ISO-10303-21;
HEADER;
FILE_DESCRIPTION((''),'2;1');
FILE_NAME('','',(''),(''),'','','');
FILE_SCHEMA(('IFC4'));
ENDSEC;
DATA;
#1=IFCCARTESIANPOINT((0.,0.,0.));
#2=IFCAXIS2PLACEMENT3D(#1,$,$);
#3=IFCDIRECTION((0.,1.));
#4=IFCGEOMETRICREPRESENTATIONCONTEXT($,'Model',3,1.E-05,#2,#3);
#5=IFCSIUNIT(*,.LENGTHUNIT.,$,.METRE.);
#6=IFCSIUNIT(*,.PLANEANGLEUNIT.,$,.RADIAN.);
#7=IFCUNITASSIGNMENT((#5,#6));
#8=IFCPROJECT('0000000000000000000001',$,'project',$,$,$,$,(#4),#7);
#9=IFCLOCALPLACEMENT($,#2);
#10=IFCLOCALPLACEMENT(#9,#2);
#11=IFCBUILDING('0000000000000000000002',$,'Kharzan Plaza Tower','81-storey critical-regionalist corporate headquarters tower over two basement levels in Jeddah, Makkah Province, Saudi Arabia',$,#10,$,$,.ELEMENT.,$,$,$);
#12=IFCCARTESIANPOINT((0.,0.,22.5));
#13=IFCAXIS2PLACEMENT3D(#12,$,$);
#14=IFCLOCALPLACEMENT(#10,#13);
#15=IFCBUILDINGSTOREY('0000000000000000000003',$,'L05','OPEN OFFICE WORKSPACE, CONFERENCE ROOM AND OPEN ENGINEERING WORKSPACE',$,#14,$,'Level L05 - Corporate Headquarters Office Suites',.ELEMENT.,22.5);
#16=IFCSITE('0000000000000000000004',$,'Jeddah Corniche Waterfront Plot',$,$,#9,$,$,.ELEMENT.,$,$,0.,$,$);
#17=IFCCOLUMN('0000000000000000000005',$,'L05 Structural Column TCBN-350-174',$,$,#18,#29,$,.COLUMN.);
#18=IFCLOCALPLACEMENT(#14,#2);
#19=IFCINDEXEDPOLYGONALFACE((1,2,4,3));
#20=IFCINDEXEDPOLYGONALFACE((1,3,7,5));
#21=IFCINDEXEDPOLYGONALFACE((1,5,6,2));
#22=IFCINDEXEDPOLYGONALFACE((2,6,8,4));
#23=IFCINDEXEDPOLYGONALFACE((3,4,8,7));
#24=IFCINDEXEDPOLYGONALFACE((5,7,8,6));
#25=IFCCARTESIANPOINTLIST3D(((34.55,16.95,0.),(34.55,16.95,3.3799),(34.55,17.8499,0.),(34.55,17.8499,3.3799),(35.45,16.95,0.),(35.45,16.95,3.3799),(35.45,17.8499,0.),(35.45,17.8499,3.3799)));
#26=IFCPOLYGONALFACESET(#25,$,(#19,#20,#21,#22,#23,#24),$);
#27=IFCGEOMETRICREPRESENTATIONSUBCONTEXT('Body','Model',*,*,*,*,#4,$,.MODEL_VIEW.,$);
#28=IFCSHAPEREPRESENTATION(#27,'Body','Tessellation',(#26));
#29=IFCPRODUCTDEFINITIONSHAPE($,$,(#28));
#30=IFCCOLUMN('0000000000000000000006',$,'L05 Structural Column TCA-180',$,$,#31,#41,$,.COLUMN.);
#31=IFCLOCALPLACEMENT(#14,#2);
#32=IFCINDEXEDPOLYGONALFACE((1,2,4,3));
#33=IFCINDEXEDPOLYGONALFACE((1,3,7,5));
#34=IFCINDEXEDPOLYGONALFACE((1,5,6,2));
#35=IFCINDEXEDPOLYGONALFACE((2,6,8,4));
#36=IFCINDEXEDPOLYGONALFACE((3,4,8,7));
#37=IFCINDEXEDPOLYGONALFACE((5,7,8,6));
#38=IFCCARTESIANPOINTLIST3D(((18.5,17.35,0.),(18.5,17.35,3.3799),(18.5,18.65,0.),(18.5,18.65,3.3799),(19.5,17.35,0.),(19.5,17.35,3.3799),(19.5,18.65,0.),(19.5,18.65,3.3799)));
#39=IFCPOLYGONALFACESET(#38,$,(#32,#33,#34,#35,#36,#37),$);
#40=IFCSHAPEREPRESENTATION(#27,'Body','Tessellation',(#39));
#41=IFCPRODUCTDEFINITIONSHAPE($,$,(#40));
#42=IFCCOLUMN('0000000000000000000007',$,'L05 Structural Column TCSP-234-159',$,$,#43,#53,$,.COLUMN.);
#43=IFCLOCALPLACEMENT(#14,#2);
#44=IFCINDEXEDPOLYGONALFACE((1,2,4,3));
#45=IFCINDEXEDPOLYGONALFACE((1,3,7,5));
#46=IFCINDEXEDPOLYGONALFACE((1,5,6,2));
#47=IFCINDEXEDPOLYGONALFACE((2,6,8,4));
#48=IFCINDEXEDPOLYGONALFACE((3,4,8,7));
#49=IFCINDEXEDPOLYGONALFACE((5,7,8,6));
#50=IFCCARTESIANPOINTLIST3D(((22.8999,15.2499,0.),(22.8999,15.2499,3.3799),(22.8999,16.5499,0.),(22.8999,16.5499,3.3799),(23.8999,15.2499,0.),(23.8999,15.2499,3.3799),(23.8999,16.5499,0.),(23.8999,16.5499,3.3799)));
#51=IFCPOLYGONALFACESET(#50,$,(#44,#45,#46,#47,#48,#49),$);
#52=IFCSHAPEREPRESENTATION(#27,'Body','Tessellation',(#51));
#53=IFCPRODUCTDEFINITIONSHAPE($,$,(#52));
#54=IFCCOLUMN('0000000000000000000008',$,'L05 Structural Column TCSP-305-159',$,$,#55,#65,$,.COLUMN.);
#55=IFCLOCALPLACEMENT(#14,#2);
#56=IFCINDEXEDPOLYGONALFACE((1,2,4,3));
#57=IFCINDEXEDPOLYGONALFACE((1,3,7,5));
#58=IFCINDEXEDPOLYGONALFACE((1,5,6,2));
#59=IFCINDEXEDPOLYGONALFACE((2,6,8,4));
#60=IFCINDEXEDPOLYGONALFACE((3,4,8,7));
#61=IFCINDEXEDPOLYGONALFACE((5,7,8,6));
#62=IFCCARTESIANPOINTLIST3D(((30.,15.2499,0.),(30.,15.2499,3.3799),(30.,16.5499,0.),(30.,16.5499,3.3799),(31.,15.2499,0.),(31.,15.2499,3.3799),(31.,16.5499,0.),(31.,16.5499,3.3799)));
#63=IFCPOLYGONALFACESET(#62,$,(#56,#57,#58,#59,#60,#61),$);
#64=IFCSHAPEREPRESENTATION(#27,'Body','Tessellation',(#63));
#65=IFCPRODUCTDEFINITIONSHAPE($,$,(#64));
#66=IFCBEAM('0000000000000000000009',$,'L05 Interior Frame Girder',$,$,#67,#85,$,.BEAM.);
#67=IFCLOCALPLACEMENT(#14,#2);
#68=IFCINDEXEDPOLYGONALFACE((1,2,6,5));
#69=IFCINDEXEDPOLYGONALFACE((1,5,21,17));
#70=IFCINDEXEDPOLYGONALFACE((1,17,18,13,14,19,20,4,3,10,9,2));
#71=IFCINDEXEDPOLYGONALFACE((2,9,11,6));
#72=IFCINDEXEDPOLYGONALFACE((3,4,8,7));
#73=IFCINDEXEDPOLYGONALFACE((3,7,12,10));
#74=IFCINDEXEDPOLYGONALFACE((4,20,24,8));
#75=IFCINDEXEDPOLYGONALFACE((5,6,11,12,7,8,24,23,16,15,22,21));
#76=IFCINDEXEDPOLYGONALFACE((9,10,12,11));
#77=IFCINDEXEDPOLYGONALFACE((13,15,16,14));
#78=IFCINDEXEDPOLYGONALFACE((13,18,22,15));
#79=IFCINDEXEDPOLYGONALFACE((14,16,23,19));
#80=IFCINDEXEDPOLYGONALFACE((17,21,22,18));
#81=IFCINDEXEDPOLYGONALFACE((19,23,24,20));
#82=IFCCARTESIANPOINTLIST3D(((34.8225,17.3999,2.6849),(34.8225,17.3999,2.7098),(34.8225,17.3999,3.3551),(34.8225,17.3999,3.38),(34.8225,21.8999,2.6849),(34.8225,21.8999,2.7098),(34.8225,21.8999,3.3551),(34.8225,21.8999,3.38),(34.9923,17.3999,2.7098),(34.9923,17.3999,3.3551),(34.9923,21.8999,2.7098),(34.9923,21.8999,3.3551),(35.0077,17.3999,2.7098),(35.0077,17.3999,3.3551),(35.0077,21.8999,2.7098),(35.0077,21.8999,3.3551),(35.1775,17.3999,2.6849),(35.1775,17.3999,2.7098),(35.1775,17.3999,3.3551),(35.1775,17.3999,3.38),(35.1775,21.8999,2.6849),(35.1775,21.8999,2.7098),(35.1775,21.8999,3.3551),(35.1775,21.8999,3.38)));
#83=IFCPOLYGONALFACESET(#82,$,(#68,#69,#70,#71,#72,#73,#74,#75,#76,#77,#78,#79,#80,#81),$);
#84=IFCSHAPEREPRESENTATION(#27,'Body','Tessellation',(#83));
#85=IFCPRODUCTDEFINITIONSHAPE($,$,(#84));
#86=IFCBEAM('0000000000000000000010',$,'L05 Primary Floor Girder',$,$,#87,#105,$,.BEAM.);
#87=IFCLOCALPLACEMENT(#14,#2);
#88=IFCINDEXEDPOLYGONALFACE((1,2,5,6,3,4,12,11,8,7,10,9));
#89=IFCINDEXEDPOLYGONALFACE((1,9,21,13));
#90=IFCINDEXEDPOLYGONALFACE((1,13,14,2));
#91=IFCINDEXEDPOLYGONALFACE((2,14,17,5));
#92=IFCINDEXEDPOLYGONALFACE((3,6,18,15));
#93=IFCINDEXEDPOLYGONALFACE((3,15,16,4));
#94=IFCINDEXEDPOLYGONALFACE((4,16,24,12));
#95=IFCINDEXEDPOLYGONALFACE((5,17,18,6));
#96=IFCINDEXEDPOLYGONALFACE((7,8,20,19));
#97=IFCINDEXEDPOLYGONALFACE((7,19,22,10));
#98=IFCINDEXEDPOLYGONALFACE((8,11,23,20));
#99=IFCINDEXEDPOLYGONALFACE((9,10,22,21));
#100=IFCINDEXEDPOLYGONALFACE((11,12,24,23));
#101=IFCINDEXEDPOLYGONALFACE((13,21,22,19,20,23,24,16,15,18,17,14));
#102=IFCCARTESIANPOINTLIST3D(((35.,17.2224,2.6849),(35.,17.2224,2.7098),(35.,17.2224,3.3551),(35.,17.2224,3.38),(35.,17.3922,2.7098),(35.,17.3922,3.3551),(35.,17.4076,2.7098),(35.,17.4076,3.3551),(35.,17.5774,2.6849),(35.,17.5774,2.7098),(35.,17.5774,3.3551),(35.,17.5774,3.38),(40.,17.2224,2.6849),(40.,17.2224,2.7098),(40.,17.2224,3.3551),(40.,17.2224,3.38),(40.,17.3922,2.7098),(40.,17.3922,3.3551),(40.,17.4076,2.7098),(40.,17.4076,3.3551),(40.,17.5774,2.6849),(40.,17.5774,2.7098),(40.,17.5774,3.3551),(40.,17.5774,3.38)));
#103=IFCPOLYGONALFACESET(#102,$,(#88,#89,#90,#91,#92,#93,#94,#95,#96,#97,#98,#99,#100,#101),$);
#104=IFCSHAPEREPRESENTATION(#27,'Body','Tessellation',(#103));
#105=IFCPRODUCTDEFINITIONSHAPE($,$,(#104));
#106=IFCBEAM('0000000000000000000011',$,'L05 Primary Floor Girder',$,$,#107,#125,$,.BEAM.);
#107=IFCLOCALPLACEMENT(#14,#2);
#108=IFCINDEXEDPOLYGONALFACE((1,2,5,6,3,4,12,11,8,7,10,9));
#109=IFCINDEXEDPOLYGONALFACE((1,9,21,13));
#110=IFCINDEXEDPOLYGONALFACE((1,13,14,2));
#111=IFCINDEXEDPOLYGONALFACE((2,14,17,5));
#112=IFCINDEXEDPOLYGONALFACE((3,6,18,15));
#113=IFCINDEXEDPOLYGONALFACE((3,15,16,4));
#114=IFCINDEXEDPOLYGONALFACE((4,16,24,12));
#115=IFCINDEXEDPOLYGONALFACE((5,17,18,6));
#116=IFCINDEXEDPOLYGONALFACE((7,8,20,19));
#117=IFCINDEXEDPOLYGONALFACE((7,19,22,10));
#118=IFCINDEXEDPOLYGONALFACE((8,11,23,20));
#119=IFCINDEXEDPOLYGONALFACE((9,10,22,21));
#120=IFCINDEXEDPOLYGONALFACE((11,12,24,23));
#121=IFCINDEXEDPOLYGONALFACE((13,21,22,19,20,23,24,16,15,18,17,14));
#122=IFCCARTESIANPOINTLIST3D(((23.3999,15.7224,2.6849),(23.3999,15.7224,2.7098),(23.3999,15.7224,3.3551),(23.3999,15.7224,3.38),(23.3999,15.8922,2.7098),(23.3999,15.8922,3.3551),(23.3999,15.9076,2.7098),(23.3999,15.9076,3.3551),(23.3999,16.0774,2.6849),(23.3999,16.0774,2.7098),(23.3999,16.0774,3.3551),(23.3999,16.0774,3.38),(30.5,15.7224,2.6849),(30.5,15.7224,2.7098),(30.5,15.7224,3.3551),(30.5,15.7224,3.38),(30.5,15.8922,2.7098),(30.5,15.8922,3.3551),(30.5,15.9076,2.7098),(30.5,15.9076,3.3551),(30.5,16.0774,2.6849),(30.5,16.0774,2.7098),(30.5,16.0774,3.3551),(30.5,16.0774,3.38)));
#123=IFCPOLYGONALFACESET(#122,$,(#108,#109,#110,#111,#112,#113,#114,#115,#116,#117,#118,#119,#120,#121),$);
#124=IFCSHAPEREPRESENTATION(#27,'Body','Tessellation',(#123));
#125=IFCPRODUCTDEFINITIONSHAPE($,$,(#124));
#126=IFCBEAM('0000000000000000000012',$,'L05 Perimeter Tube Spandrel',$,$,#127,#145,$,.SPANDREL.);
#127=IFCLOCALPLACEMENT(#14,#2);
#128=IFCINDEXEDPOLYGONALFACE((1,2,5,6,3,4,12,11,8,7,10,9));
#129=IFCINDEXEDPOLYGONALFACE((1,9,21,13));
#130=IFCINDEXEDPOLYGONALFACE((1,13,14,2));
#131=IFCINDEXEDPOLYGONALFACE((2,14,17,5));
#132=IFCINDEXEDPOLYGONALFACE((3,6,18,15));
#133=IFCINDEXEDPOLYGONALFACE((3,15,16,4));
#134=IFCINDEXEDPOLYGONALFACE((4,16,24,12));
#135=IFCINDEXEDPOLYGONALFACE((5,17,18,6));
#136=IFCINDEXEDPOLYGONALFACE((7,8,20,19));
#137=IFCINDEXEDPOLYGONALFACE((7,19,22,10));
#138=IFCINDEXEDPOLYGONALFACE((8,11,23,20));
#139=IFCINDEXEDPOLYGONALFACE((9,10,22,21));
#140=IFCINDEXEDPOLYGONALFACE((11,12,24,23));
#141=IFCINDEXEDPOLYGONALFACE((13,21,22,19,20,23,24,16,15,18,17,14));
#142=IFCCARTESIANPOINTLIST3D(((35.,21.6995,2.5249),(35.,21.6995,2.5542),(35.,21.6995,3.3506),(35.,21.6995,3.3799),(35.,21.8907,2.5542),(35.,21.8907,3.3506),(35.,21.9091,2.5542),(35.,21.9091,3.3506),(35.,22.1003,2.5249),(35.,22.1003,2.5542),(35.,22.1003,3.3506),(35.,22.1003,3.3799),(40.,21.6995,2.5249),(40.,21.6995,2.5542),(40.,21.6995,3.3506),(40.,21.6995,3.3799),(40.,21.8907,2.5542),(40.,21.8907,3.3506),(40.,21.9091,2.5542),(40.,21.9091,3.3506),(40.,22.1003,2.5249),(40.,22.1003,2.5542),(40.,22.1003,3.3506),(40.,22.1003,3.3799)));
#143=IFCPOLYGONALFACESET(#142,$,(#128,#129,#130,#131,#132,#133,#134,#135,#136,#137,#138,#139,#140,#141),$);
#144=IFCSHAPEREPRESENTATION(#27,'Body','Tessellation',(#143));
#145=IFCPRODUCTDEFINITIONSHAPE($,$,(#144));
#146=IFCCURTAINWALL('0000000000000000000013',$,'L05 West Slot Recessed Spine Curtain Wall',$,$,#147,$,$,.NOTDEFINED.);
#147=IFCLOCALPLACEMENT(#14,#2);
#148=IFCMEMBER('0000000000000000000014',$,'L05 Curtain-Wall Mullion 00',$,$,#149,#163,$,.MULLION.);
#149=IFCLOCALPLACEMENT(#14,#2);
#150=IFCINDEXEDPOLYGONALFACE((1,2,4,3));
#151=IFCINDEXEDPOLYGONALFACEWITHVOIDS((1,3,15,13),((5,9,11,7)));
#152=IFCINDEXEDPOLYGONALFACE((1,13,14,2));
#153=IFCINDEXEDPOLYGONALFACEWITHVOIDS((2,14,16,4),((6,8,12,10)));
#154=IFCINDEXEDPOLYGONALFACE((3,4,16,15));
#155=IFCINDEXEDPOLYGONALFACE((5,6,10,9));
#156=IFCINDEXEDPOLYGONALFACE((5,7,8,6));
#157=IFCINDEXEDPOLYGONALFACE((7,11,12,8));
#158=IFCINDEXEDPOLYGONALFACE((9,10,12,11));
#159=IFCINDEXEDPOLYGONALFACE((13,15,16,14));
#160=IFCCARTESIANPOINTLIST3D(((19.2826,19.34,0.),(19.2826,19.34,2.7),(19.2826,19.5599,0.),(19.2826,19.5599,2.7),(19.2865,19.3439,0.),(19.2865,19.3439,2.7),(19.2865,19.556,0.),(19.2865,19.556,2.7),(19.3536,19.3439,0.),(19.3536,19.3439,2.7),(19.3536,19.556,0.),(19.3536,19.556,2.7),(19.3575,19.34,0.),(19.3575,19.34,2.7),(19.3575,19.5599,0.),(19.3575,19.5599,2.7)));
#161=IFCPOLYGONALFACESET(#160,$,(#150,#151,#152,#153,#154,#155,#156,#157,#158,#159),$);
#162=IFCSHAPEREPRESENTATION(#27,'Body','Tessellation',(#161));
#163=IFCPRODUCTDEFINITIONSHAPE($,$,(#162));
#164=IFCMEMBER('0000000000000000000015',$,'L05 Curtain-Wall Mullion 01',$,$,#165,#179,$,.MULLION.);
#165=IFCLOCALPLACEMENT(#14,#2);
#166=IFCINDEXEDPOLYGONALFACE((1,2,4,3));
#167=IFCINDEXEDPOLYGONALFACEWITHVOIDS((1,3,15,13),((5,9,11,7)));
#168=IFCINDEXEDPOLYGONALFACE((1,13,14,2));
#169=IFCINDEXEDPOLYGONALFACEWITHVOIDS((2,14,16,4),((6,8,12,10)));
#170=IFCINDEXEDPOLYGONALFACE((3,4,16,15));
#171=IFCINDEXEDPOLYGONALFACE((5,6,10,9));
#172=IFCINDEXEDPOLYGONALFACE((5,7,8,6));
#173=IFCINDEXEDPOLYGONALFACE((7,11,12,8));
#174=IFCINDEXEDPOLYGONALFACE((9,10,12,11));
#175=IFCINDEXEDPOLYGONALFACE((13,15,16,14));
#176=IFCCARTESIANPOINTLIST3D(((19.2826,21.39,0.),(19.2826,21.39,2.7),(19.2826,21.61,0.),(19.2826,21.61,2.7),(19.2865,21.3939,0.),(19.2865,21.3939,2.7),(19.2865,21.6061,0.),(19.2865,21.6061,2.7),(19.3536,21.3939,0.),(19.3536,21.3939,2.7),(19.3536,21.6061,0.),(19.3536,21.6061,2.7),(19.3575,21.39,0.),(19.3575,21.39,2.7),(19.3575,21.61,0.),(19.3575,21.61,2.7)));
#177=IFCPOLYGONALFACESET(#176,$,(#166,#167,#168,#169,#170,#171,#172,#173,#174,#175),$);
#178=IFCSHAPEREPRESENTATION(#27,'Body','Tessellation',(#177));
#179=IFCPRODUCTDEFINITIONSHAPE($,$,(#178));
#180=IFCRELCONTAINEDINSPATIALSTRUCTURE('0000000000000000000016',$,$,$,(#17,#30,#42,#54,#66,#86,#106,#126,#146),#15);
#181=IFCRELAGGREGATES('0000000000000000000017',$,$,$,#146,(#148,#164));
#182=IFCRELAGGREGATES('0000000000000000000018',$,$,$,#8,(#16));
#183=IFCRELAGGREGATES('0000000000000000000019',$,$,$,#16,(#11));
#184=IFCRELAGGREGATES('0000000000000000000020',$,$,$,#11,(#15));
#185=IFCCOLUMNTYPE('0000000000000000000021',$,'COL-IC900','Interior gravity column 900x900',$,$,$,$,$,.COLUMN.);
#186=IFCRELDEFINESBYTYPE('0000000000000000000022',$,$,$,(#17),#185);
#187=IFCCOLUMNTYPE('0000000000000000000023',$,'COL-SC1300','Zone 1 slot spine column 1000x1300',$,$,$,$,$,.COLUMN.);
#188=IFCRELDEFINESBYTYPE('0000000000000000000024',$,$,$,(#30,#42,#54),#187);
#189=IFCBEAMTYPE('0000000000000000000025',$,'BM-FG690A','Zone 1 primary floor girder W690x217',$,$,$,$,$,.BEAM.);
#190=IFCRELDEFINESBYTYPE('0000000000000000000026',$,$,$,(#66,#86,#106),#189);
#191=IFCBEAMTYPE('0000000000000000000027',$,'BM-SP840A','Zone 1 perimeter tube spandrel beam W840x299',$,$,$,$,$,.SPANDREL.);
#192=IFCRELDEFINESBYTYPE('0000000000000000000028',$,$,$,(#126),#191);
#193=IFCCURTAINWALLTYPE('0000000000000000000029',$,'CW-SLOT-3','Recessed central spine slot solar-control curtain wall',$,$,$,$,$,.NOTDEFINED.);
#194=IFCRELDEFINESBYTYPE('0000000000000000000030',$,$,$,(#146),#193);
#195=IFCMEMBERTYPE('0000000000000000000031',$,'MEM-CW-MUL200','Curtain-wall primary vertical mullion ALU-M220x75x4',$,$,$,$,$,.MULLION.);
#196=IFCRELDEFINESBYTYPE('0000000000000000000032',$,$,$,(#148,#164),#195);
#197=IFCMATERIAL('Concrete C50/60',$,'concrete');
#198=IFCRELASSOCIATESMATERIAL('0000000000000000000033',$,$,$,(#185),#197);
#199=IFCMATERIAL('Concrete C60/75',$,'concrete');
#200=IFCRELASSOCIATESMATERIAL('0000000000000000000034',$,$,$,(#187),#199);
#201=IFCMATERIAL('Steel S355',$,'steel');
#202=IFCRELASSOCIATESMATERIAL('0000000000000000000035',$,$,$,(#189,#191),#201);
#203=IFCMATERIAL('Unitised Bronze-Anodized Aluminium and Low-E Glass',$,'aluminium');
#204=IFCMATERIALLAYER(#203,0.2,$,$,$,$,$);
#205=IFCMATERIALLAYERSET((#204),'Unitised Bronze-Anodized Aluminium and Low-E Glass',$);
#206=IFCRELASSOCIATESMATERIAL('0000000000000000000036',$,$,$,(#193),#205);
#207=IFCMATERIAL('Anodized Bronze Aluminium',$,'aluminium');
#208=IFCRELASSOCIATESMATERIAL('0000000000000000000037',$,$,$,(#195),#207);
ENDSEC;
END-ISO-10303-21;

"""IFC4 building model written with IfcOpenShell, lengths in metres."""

from ifc_helpers import new_model, si_unit, direction, frame, origin, origin_2d, place, context, subcontext, project, spatial, rectangle, hollow_rectangle, i_section, extrude, source, transform, mapped, material, layer, layer_set, material_profile, profile_set, type_object, element, aggregate, save


model = new_model("IFC4")

# Units and contexts
model_context = context("Model", 3, precision=1e-05, world=origin(), true_north=direction((0.0, 1.0)))
body_context = subcontext(model_context, "Body", "Model", "MODEL_VIEW")
ifc_project = project(units=[si_unit("LENGTHUNIT", "METRE"), si_unit("PLANEANGLEUNIT", "RADIAN")], contexts=[model_context])

# Site, building, storey
site_placement = place(None, origin())
site = spatial("IfcSite", under=ifc_project, at=site_placement, Name="Jeddah Corniche Waterfront Plot", CompositionType="ELEMENT", RefElevation=0.0)
building_placement = place(site_placement, origin())
building = spatial("IfcBuilding", under=site, at=building_placement, Name="Kharzan Plaza Tower", Description="81-storey critical-regionalist corporate headquarters tower over two basement levels in Jeddah, Makkah Province, Saudi Arabia", CompositionType="ELEMENT")
storey_placement = place(building_placement, frame((0.0, 0.0, 22.5)))
storey = spatial("IfcBuildingStorey", under=building, at=storey_placement, Name="L05", Description="OPEN OFFICE WORKSPACE, CONFERENCE ROOM AND OPEN ENGINEERING WORKSPACE", LongName="Level L05 - Corporate Headquarters Office Suites", CompositionType="ELEMENT", Elevation=22.5)

# Columns
ifc_material_1 = material(Name="Concrete C50/60", Category="concrete")
ifc_material_profile_1 = material_profile(ifc_material_1, rectangle(XDim=0.8999, YDim=0.8999, at=origin_2d()), Name="RC-IC900x900")
ifc_profile_set_1 = profile_set([ifc_material_profile_1], Name="Concrete C50/60")
column_type_1 = type_object("IfcColumnType", Name="COL-IC900", Description="Interior gravity column 900x900", PredefinedType="COLUMN", material=ifc_profile_set_1)
shared_shape_1 = source(origin(), body_context, "Body", "SweptSolid", [
    extrude(rectangle(XDim=0.8999, YDim=0.8999, at=origin_2d()), origin(), (0.0, 0.0, 1.0), 3.3799),
])
column_placement = place(storey_placement, frame((35.0, 17.3999, 0.0), z_axis=(0.0, 0.0, 1.0), x_axis=(1.0, 0.0, 0.0)))
element("IfcColumn", 1, at=column_placement, inside=storey, type_object=column_type_1, Name="L05 Structural Column TCBN-350-174", PredefinedType="COLUMN", context=body_context, shape_type="MappedRepresentation", body=[
    mapped(shared_shape_1, transform((0.0, 0.0, 0.0), x_axis=(1.0, 0.0, 0.0), y_axis=(0.0, 1.0, 0.0), z_axis=(0.0, 0.0, 1.0))),
])
ifc_material_2 = material(Name="Concrete C60/75", Category="concrete")
ifc_material_profile_2 = material_profile(ifc_material_2, rectangle(XDim=1.0, YDim=1.3, at=origin_2d()), Name="RC-SC1300x1000")
ifc_profile_set_2 = profile_set([ifc_material_profile_2], Name="Concrete C60/75")
column_type_2 = type_object("IfcColumnType", Name="COL-SC1300", Description="Zone 1 slot spine column 1000x1300", PredefinedType="COLUMN", material=ifc_profile_set_2)
shared_shape_2 = source(origin(), body_context, "Body", "SweptSolid", [
    extrude(rectangle(XDim=1.0, YDim=1.3, at=origin_2d()), origin(), (0.0, 0.0, 1.0), 3.3799),
])
for number, where, z_axis, x_axis, name in (
    (2, (19.0, 18.0, 0.0), (0.0, 0.0, 1.0), (1.0, 0.0, 0.0), "L05 Structural Column TCA-180"),
    (3, (23.3999, 15.8999, 0.0), (0.0, 0.0, 1.0), (1.0, 0.0, 0.0), "L05 Structural Column TCSP-234-159"),
    (4, (30.5, 15.8999, 0.0), (0.0, 0.0, 1.0), (1.0, 0.0, 0.0), "L05 Structural Column TCSP-305-159"),
):
    element("IfcColumn", number, at=place(storey_placement, frame(where, z_axis=z_axis, x_axis=x_axis)), inside=storey, type_object=column_type_2, Name=name, PredefinedType="COLUMN", context=body_context, shape_type="MappedRepresentation", body=[
        mapped(shared_shape_2, transform((0.0, 0.0, 0.0), x_axis=(1.0, 0.0, 0.0), y_axis=(0.0, 1.0, 0.0), z_axis=(0.0, 0.0, 1.0))),
    ])

# Beams
ifc_material_3 = material(Name="Steel S355", Category="steel")
ifc_material_profile_3 = material_profile(ifc_material_3, i_section(OverallWidth=0.355, OverallDepth=0.6951, WebThickness=0.0154, FlangeThickness=0.0249, at=origin_2d()), Name="W690x217")
ifc_profile_set_3 = profile_set([ifc_material_profile_3], Name="Steel S355")
beam_type_1 = type_object("IfcBeamType", Name="BM-FG690A", Description="Zone 1 primary floor girder W690x217", PredefinedType="BEAM", material=ifc_profile_set_3)
shared_shape_3 = source(origin(), body_context, "Body", "SweptSolid", [
    extrude(i_section(OverallWidth=0.355, OverallDepth=0.6951, WebThickness=0.0154, FlangeThickness=0.0249, at=origin_2d()), origin(), (0.0, 0.0, 1.0), 4.5),
])
beam_1_placement = place(storey_placement, frame((35.0, 17.3999, 3.0325), z_axis=(0.0, 1.0, 0.0), x_axis=(-1.0, 0.0, 0.0)))
element("IfcBeam", 5, at=beam_1_placement, inside=storey, type_object=beam_type_1, Name="L05 Interior Frame Girder", PredefinedType="BEAM", context=body_context, shape_type="MappedRepresentation", body=[
    mapped(shared_shape_3, transform((0.0, 0.0, 0.0), x_axis=(1.0, 0.0, 0.0), y_axis=(0.0, 1.0, 0.0), z_axis=(0.0, 0.0, 1.0))),
])
shared_shape_4 = source(origin(), body_context, "Body", "SweptSolid", [
    extrude(i_section(OverallWidth=0.355, OverallDepth=0.6951, WebThickness=0.0154, FlangeThickness=0.0249, at=origin_2d()), origin(), (0.0, 0.0, 1.0), 5.0),
])
beam_2_placement = place(storey_placement, frame((35.0, 17.3999, 3.0325), z_axis=(1.0, 0.0, 0.0), x_axis=(0.0, 1.0, 0.0)))
element("IfcBeam", 6, at=beam_2_placement, inside=storey, type_object=beam_type_1, Name="L05 Primary Floor Girder", PredefinedType="BEAM", context=body_context, shape_type="MappedRepresentation", body=[
    mapped(shared_shape_4, transform((0.0, 0.0, 0.0), x_axis=(1.0, 0.0, 0.0), y_axis=(0.0, 1.0, 0.0), z_axis=(0.0, 0.0, 1.0))),
])
shared_shape_5 = source(origin(), body_context, "Body", "SweptSolid", [
    extrude(i_section(OverallWidth=0.355, OverallDepth=0.6951, WebThickness=0.0154, FlangeThickness=0.0249, at=origin_2d()), origin(), (0.0, 0.0, 1.0), 7.1001),
])
beam_3_placement = place(storey_placement, frame((23.3999, 15.8999, 3.0325), z_axis=(1.0, 0.0, 0.0), x_axis=(0.0, 1.0, 0.0)))
element("IfcBeam", 7, at=beam_3_placement, inside=storey, type_object=beam_type_1, Name="L05 Primary Floor Girder", PredefinedType="BEAM", context=body_context, shape_type="MappedRepresentation", body=[
    mapped(shared_shape_5, transform((0.0, 0.0, 0.0), x_axis=(1.0, 0.0, 0.0), y_axis=(0.0, 1.0, 0.0), z_axis=(0.0, 0.0, 1.0))),
])
ifc_material_profile_4 = material_profile(ifc_material_3, i_section(OverallWidth=0.4009, OverallDepth=0.855, WebThickness=0.0183, FlangeThickness=0.0293, at=origin_2d()), Name="W840x299")
ifc_profile_set_4 = profile_set([ifc_material_profile_4], Name="Steel S355")
beam_type_2 = type_object("IfcBeamType", Name="BM-SP840A", Description="Zone 1 perimeter tube spandrel beam W840x299", PredefinedType="SPANDREL", material=ifc_profile_set_4)
shared_shape_6 = source(origin(), body_context, "Body", "SweptSolid", [
    extrude(i_section(OverallWidth=0.4009, OverallDepth=0.855, WebThickness=0.0183, FlangeThickness=0.0293, at=origin_2d()), origin(), (0.0, 0.0, 1.0), 5.0),
])
beam_4_placement = place(storey_placement, frame((35.0, 21.8999, 2.9524), z_axis=(1.0, 0.0, 0.0), x_axis=(0.0, 1.0, 0.0)))
element("IfcBeam", 8, at=beam_4_placement, inside=storey, type_object=beam_type_2, Name="L05 Perimeter Tube Spandrel", PredefinedType="SPANDREL", context=body_context, shape_type="MappedRepresentation", body=[
    mapped(shared_shape_6, transform((0.0, 0.0, 0.0), x_axis=(1.0, 0.0, 0.0), y_axis=(0.0, 1.0, 0.0), z_axis=(0.0, 0.0, 1.0))),
])

# Curtain wall, members
ifc_material_4 = material(Name="Unitised Bronze-Anodized Aluminium and Low-E Glass", Category="aluminium")
ifc_layer_1 = layer(ifc_material_4, 0.2)
ifc_layer_set_1 = layer_set([ifc_layer_1], Name="Unitised Bronze-Anodized Aluminium and Low-E Glass")
curtain_wall_type = type_object("IfcCurtainWallType", Name="CW-SLOT-3", Description="Recessed central spine slot solar-control curtain wall", PredefinedType="NOTDEFINED", material=ifc_layer_set_1)
curtain_wall_placement = place(storey_placement, origin())
curtain_wall = element("IfcCurtainWall", 9, at=curtain_wall_placement, inside=storey, type_object=curtain_wall_type, Name="L05 West Slot Recessed Spine Curtain Wall", PredefinedType="NOTDEFINED")
ifc_material_5 = material(Name="Anodized Bronze Aluminium", Category="aluminium")
ifc_material_profile_5 = material_profile(ifc_material_5, hollow_rectangle(XDim=0.075, YDim=0.22, WallThickness=0.0039, at=origin_2d()), Name="ALU-M220x75x4")
ifc_profile_set_5 = profile_set([ifc_material_profile_5], Name="Anodized Bronze Aluminium")
member_type_1 = type_object("IfcMemberType", Name="MEM-CW-MUL200", Description="Curtain-wall primary vertical mullion ALU-M220x75x4", PredefinedType="MULLION", material=ifc_profile_set_5)
shared_shape_7 = source(origin(), body_context, "Body", "SweptSolid", [
    extrude(hollow_rectangle(XDim=0.075, YDim=0.22, WallThickness=0.0039, at=origin_2d()), origin(), (0.0, 0.0, 1.0), 2.7),
])
member_1_placement = place(storey_placement, frame((19.3201, 19.45, 0.0), z_axis=(0.0, 0.0, 1.0), x_axis=(1.0, 0.0, 0.0)))
member_1 = element("IfcMember", 10, at=member_1_placement, type_object=member_type_1, Name="L05 Curtain-Wall Mullion 00", PredefinedType="MULLION", context=body_context, shape_type="MappedRepresentation", body=[
    mapped(shared_shape_7, transform((0.0, 0.0, 0.0), x_axis=(1.0, 0.0, 0.0), y_axis=(0.0, 1.0, 0.0), z_axis=(0.0, 0.0, 1.0))),
])
member_2_placement = place(storey_placement, frame((19.3201, 21.5, 0.0), z_axis=(0.0, 0.0, 1.0), x_axis=(1.0, 0.0, 0.0)))
member_2 = element("IfcMember", 11, at=member_2_placement, type_object=member_type_1, Name="L05 Curtain-Wall Mullion 01", PredefinedType="MULLION", context=body_context, shape_type="MappedRepresentation", body=[
    mapped(shared_shape_7, transform((0.0, 0.0, 0.0), x_axis=(1.0, 0.0, 0.0), y_axis=(0.0, 1.0, 0.0), z_axis=(0.0, 0.0, 1.0))),
])
aggregate(curtain_wall, [member_1, member_2])

save(model, "model.ifc")
